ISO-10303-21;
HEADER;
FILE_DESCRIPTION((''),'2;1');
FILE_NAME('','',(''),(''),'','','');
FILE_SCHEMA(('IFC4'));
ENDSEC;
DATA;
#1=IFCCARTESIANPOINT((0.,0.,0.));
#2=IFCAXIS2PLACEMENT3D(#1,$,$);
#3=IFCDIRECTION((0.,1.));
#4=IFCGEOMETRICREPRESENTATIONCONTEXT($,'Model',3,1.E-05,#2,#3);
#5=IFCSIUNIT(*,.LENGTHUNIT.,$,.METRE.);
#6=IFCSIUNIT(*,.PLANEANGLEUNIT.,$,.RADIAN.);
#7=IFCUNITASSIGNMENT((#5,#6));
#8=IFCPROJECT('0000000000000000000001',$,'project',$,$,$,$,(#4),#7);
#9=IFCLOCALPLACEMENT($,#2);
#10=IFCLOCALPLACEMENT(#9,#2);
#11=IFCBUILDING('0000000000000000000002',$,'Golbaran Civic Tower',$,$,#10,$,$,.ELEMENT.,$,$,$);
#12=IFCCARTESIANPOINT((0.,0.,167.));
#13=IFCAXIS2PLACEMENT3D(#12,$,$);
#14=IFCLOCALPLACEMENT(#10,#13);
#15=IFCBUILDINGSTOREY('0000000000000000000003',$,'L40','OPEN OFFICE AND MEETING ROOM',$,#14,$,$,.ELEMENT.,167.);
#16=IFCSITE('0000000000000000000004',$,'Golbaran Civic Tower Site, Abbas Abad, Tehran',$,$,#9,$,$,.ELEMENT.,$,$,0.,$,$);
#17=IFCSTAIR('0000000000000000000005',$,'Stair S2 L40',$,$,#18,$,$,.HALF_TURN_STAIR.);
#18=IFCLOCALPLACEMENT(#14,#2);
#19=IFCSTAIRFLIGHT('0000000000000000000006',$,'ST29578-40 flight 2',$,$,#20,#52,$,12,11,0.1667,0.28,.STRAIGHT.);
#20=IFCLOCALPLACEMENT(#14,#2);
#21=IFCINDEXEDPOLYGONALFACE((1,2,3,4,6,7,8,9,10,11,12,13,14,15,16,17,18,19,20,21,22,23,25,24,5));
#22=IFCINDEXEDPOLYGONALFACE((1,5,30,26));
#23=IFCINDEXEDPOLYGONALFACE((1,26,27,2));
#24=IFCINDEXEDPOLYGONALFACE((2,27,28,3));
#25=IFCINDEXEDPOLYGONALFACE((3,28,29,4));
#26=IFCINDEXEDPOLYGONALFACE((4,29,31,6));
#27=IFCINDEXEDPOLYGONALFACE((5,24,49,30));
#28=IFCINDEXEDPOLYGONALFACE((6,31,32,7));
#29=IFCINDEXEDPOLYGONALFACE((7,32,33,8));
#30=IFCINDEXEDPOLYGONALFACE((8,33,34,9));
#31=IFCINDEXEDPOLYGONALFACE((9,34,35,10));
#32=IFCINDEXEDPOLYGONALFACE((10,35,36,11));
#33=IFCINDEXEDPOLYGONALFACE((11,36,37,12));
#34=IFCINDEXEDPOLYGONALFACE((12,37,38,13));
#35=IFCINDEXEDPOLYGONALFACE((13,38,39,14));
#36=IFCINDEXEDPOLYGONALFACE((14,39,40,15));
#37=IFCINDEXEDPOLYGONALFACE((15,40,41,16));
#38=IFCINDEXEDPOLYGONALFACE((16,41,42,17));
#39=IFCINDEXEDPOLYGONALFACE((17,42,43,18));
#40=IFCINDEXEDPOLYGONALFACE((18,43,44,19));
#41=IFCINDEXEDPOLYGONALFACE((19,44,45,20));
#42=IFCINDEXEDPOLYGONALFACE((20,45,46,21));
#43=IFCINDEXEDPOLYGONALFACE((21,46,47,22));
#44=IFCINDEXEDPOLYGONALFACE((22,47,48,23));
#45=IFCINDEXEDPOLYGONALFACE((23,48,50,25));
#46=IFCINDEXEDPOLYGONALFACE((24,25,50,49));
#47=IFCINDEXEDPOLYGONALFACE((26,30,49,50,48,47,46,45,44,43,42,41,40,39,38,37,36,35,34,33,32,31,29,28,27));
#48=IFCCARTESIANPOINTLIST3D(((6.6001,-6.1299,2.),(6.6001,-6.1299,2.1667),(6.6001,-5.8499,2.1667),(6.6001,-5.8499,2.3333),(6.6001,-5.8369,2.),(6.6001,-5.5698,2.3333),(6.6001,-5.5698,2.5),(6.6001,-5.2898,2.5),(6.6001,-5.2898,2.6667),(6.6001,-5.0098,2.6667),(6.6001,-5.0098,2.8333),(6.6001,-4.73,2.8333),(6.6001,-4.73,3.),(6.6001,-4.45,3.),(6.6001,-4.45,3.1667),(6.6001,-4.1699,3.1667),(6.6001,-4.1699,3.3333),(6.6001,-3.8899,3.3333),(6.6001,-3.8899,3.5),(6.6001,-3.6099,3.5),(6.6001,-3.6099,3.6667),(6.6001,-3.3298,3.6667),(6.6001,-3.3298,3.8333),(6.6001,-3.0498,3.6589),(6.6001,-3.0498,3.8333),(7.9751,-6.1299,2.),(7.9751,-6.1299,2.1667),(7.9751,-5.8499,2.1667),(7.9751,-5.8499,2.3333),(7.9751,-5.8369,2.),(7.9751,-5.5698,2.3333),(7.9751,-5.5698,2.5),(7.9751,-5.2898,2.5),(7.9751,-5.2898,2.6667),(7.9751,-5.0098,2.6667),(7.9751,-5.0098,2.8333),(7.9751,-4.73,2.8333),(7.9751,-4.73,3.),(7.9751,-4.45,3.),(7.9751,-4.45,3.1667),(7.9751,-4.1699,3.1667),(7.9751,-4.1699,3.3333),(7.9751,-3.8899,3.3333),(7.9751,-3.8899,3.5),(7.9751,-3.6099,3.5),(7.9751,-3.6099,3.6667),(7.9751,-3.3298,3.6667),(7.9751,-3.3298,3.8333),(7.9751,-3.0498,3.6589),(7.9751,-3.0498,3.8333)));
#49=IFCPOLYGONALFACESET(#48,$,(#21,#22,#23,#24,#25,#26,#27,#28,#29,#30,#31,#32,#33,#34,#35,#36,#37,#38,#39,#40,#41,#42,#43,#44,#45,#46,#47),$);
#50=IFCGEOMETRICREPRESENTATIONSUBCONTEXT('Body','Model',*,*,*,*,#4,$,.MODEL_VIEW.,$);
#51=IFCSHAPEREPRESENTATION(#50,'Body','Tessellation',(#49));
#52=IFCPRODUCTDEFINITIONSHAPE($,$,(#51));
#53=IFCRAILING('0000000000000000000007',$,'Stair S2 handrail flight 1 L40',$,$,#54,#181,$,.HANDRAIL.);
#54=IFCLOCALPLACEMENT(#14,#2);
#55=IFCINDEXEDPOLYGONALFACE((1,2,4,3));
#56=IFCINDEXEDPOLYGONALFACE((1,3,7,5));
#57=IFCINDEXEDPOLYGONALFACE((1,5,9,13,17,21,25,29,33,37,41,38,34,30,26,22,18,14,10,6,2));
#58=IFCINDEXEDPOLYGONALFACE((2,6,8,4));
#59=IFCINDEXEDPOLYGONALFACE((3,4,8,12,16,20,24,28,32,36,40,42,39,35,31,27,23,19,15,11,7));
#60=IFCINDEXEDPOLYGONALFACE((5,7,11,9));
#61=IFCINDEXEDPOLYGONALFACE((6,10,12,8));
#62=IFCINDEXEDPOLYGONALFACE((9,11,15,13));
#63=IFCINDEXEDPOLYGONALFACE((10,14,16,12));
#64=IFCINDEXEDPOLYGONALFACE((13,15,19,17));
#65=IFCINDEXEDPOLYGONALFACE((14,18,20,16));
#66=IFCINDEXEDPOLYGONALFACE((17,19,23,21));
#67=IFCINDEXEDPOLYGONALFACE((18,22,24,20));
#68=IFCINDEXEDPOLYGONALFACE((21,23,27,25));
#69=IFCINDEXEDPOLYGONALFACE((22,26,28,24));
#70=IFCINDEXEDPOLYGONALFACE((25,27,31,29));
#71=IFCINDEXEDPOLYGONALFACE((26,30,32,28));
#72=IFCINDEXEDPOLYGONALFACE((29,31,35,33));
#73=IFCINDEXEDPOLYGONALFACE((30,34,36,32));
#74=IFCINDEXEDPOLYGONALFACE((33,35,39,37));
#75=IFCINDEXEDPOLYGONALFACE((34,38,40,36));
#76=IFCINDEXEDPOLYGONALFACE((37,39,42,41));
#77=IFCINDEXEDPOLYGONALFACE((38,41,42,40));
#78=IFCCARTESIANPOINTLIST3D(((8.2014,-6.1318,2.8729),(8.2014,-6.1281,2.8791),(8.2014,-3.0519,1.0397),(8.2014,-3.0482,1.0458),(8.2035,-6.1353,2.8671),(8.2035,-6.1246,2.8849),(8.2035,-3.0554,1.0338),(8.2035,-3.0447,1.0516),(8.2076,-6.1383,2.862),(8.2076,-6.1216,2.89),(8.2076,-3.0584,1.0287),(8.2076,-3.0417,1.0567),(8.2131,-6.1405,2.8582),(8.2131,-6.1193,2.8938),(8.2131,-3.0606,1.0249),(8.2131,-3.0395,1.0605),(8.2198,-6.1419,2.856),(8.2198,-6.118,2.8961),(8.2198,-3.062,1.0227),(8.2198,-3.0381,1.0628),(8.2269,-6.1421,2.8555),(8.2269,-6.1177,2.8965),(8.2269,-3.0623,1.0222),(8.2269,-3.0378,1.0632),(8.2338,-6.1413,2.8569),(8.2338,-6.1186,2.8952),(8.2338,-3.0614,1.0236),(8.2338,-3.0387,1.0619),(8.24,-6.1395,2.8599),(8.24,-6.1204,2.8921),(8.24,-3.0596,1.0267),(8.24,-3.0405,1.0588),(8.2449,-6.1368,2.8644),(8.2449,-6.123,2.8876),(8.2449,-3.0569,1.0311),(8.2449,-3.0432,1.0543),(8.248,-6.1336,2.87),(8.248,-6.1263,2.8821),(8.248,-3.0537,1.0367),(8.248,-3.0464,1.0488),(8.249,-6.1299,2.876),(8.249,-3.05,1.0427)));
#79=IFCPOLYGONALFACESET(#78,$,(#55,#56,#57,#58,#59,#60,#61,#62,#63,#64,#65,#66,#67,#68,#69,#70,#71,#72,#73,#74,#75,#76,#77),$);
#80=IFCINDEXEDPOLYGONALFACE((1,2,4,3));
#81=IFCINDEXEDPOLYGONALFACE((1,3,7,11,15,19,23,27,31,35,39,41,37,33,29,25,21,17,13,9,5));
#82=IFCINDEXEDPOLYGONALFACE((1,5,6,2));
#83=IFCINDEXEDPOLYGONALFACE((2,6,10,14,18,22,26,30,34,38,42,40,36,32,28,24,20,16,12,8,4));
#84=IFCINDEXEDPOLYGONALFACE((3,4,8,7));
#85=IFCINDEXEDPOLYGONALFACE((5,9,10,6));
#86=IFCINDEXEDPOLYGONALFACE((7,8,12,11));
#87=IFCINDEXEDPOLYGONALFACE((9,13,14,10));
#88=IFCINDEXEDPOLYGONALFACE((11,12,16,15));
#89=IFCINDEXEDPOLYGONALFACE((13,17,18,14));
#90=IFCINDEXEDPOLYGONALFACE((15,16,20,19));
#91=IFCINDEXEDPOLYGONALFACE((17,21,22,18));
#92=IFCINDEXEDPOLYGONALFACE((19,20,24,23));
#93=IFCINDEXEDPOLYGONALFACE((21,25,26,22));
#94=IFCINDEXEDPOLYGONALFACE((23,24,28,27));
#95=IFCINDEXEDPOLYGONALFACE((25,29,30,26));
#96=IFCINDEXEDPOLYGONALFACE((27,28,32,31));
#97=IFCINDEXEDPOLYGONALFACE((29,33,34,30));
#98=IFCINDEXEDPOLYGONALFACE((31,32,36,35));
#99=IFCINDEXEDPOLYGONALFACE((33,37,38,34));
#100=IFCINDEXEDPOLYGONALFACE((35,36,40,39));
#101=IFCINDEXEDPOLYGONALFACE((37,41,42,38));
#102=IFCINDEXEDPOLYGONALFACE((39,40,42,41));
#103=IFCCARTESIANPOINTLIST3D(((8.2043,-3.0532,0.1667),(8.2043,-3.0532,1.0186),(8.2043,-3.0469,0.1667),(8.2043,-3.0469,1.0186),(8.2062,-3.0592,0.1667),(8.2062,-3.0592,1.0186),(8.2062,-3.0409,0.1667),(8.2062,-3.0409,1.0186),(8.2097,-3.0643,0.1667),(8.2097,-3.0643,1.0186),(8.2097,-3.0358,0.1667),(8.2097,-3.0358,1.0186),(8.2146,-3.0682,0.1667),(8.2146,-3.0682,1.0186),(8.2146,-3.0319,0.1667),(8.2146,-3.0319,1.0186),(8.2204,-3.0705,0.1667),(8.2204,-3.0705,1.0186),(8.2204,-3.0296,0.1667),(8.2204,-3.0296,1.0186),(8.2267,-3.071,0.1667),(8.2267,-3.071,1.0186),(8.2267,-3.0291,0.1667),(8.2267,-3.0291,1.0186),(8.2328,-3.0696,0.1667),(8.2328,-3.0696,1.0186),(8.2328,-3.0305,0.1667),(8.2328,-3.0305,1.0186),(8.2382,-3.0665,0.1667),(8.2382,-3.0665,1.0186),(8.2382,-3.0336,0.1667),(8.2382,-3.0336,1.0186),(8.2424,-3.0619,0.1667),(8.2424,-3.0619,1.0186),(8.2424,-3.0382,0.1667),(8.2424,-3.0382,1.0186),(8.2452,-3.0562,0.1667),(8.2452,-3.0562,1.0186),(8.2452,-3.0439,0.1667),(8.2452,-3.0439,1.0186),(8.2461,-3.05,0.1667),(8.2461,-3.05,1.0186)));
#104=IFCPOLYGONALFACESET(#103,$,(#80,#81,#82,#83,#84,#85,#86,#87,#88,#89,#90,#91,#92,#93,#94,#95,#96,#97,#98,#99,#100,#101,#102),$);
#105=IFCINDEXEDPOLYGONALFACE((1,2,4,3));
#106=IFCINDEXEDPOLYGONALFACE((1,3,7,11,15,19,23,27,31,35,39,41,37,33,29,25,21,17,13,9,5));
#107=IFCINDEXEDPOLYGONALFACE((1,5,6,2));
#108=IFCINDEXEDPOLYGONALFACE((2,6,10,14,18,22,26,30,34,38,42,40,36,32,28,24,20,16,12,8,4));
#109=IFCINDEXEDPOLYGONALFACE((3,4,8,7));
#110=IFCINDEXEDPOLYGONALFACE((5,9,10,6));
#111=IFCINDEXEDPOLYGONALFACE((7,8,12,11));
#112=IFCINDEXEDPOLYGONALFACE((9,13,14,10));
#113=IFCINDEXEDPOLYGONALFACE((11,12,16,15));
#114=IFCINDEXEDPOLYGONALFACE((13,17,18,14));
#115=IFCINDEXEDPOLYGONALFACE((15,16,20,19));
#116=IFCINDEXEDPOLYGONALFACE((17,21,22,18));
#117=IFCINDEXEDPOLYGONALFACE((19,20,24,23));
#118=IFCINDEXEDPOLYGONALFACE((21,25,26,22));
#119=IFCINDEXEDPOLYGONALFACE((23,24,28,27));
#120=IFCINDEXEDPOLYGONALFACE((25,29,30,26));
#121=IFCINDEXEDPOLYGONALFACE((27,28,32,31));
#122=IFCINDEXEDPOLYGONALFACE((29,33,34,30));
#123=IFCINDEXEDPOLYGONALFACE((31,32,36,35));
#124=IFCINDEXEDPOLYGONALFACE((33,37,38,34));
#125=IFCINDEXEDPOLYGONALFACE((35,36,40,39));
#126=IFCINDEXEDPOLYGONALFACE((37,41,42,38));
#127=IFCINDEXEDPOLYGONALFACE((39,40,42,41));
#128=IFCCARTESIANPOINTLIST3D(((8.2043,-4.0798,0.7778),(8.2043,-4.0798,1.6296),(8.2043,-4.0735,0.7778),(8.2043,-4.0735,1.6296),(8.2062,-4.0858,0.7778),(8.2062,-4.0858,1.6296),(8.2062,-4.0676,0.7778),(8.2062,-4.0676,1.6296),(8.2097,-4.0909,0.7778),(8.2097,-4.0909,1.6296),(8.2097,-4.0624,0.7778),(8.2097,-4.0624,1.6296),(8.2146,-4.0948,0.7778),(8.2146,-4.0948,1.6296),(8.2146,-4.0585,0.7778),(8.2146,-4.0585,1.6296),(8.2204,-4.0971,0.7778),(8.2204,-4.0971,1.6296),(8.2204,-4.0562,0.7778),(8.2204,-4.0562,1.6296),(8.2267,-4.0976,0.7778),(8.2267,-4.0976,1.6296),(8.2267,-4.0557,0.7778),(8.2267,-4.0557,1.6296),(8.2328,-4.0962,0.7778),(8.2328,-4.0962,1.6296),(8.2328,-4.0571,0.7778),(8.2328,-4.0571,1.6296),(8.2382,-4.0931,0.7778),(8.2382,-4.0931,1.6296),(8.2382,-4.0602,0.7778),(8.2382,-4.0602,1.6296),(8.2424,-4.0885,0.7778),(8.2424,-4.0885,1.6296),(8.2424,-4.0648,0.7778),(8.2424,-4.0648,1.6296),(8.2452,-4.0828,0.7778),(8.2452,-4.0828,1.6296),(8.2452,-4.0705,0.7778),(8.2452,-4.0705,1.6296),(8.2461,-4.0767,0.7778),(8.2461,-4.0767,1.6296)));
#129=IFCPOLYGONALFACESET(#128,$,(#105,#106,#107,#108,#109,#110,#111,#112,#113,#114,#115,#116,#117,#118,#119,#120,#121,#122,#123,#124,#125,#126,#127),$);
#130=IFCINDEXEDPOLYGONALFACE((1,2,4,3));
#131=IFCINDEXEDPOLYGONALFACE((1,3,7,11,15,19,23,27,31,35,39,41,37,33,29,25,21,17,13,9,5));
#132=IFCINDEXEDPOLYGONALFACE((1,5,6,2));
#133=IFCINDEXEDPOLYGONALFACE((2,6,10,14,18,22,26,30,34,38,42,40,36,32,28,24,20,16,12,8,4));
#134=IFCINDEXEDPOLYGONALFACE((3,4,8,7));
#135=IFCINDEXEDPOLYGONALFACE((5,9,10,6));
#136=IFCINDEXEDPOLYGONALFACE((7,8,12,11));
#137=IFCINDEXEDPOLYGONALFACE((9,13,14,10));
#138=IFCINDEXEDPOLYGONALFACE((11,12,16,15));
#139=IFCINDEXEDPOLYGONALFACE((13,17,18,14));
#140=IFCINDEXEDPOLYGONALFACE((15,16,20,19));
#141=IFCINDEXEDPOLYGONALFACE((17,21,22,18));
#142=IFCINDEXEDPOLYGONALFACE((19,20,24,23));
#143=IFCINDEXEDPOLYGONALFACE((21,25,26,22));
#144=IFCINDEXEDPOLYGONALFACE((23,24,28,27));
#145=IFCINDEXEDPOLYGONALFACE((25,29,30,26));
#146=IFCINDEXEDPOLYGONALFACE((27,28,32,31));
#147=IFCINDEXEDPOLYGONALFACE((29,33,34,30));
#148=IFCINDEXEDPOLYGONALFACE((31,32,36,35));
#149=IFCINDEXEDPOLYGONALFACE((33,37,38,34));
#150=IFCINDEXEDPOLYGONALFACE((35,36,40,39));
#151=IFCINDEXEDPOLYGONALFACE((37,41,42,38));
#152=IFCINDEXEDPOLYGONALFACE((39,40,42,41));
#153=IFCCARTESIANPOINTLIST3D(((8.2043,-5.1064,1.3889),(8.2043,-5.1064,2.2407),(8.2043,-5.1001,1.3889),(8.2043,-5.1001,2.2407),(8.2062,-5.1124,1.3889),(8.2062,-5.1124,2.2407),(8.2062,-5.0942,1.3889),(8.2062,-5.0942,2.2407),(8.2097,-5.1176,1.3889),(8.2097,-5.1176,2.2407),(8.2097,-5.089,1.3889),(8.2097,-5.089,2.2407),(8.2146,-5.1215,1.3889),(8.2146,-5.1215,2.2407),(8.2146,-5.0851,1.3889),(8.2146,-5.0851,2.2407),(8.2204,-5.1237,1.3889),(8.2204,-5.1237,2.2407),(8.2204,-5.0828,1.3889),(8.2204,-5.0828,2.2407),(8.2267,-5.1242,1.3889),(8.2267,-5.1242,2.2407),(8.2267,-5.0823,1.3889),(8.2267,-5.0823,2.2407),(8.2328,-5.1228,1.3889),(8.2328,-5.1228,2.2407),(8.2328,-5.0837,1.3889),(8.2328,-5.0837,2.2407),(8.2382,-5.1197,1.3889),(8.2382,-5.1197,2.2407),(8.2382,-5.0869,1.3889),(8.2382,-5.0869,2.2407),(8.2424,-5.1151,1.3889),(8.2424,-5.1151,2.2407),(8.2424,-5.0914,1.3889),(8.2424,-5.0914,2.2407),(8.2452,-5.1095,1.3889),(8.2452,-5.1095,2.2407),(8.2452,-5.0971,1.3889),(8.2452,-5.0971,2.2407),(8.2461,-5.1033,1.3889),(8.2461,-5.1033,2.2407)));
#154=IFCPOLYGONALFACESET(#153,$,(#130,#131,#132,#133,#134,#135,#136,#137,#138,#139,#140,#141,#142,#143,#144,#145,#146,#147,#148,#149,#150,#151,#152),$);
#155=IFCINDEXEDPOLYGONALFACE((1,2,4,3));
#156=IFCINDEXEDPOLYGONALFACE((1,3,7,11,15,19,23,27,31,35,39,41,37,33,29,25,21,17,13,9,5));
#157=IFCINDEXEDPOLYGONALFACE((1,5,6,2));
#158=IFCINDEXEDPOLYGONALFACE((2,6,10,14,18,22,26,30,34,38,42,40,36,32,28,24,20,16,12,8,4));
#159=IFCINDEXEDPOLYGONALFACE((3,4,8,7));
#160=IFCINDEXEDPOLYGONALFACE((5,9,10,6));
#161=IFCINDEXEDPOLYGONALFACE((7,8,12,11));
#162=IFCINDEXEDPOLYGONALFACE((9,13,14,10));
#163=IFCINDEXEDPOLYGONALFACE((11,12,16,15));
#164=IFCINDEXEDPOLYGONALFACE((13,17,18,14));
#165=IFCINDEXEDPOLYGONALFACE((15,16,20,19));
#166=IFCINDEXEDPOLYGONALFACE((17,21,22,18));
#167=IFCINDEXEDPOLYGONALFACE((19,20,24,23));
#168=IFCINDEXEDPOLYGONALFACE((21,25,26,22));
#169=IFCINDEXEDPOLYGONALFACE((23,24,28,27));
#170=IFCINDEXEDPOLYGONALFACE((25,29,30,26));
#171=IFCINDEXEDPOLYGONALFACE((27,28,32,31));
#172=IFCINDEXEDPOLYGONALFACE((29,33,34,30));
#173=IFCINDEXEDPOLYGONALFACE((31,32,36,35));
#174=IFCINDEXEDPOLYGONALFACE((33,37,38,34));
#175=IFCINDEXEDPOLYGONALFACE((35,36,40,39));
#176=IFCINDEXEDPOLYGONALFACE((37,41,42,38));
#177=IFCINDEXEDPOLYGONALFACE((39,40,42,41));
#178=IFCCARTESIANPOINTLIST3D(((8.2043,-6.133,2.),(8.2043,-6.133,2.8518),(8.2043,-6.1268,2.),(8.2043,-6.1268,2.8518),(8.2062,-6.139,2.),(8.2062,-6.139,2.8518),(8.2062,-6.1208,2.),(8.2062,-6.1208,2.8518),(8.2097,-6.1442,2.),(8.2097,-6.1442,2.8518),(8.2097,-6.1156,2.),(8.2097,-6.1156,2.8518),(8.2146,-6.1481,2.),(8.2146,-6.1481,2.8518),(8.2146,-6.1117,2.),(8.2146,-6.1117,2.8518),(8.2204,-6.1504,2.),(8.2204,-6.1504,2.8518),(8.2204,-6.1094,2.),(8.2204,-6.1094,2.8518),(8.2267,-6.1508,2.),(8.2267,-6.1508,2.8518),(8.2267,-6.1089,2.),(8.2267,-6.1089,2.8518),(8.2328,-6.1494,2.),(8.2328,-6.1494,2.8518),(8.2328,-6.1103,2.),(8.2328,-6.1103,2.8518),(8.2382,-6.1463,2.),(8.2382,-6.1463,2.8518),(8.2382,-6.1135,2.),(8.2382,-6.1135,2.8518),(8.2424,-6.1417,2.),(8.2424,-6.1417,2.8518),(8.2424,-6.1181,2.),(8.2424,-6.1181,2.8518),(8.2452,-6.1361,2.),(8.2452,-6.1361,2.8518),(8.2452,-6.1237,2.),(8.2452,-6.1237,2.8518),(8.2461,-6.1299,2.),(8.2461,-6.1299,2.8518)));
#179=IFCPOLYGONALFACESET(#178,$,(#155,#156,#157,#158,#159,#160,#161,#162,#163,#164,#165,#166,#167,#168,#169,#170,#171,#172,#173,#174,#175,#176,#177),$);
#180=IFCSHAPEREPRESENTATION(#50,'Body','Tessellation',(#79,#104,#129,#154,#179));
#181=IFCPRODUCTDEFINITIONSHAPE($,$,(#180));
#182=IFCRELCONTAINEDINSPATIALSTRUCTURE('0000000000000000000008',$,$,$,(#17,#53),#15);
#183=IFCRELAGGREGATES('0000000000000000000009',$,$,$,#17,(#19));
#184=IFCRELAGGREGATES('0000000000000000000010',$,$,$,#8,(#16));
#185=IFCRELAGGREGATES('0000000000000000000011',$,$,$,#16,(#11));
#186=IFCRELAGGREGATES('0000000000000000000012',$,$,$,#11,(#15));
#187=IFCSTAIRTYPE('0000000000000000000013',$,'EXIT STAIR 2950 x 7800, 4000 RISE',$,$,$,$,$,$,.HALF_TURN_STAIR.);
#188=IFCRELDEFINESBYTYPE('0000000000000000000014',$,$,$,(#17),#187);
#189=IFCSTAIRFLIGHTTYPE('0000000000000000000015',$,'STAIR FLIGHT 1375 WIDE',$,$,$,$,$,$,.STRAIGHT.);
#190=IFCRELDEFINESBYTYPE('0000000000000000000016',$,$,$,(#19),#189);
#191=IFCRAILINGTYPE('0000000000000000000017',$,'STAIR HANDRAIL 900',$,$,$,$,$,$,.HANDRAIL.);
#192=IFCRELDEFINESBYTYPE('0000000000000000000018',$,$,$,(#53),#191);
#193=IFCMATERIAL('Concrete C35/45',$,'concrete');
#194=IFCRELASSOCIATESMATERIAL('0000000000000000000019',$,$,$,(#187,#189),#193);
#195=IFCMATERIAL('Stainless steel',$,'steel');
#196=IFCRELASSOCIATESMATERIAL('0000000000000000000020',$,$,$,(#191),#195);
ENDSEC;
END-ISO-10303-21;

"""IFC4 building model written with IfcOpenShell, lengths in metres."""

from ifc_helpers import new_model, si_unit, direction, frame, origin, origin_2d, place, context, subcontext, project, spatial, polyline, circle, outline, extrude, material, type_object, element, aggregate, save


model = new_model("IFC4")

# Units and contexts
model_context = context("Model", 3, precision=1e-05, world=origin(), true_north=direction((0.0, 1.0)))
body_context = subcontext(model_context, "Body", "Model", "MODEL_VIEW")
ifc_project = project(units=[si_unit("LENGTHUNIT", "METRE"), si_unit("PLANEANGLEUNIT", "RADIAN")], contexts=[model_context])

# Site, building, storey
site_placement = place(None, origin())
site = spatial("IfcSite", under=ifc_project, at=site_placement, Name="Golbaran Civic Tower Site, Abbas Abad, Tehran", CompositionType="ELEMENT", RefElevation=0.0)
building_placement = place(site_placement, origin())
building = spatial("IfcBuilding", under=site, at=building_placement, Name="Golbaran Civic Tower", CompositionType="ELEMENT")
storey_placement = place(building_placement, frame((0.0, 0.0, 167.0)))
storey = spatial("IfcBuildingStorey", under=building, at=storey_placement, Name="L40", Description="OPEN OFFICE AND MEETING ROOM", CompositionType="ELEMENT", Elevation=167.0)

# Shared definitions
ifc_material_1 = material(Name="Stainless steel", Category="steel")

# Stair, stair flight
ifc_material_2 = material(Name="Concrete C35/45", Category="concrete")
stair_type = type_object("IfcStairType", Name="EXIT STAIR 2950 x 7800, 4000 RISE", PredefinedType="HALF_TURN_STAIR", material=ifc_material_2)
stair_placement = place(storey_placement, origin())
stair = element("IfcStair", 1, at=stair_placement, inside=storey, type_object=stair_type, Name="Stair S2 L40", PredefinedType="HALF_TURN_STAIR")
stair_flight_type = type_object("IfcStairFlightType", Name="STAIR FLIGHT 1375 WIDE", PredefinedType="STRAIGHT", material=ifc_material_2)
stair_flight_1_placement = place(storey_placement, frame((7.2876, -6.1299, 2.0), z_axis=(0.0, 0.0, 1.0), x_axis=(0.0, 1.0, 0.0)))
stair_flight_1 = element("IfcStairFlight", 2, at=stair_flight_1_placement, type_object=stair_flight_type, Name="ST29578-40 flight 2", NumberOfRisers=12, NumberOfTreads=11, PredefinedType="STRAIGHT", RiserHeight=0.1667, TreadLength=0.28, context=body_context, shape_type="SweptSolid", body=[
    extrude(outline(polyline([(0.0, 0.0), (0.0, 0.1667), (0.28, 0.1667), (0.28, 0.3333), (0.5601, 0.3333), (0.5601, 0.5), (0.8401, 0.5), (0.8401, 0.6667), (1.1201, 0.6667), (1.1201, 0.8333), (1.3999, 0.8333), (1.3999, 1.0), (1.6799, 1.0), (1.6799, 1.1667), (1.96, 1.1667), (1.96, 1.3333), (2.24, 1.3333), (2.24, 1.5), (2.52, 1.5), (2.52, 1.6667), (2.8, 1.6667), (2.8, 1.8333), (3.0801, 1.8333), (3.0801, 2.0), (3.0801, 1.6589), (0.293, 0.0), (0.0, 0.0)])), frame((0.0, 0.6875, 0.0), z_axis=(0.0, -1.0, 0.0), x_axis=(1.0, 0.0, 0.0)), (0.0, 0.0, 1.0), 1.375),
])
aggregate(stair, [stair_flight_1])

# Railing
railing_type = type_object("IfcRailingType", Name="STAIR HANDRAIL 900", PredefinedType="HANDRAIL", material=ifc_material_1)
railing_1_placement = place(storey_placement, frame((8.2251, -3.05, 0.1667)))
element("IfcRailing", 3, at=railing_1_placement, inside=storey, type_object=railing_type, Name="Stair S2 handrail flight 1 L40", PredefinedType="HANDRAIL", context=body_context, shape_type="SweptSolid", body=[
    extrude(circle(Radius=0.0239, at=origin_2d()), frame((0.0, 0.0, 0.876), z_axis=(0.0, -0.859291, 0.511487), x_axis=(1.0, 0.0, 0.0)), (0.0, 0.0, 1.0), 3.5842),
    extrude(circle(Radius=0.021, at=origin_2d()), origin(), (0.0, 0.0, 1.0), 0.8518),
    extrude(circle(Radius=0.021, at=origin_2d()), frame((0.0, -1.0266, 0.6111)), (0.0, 0.0, 1.0), 0.8518),
    extrude(circle(Radius=0.021, at=origin_2d()), frame((0.0, -2.0532, 1.2222)), (0.0, 0.0, 1.0), 0.8518),
    extrude(circle(Radius=0.021, at=origin_2d()), frame((0.0, -3.0798, 1.8333)), (0.0, 0.0, 1.0), 0.8518),
])

save(model, "model.ifc")
